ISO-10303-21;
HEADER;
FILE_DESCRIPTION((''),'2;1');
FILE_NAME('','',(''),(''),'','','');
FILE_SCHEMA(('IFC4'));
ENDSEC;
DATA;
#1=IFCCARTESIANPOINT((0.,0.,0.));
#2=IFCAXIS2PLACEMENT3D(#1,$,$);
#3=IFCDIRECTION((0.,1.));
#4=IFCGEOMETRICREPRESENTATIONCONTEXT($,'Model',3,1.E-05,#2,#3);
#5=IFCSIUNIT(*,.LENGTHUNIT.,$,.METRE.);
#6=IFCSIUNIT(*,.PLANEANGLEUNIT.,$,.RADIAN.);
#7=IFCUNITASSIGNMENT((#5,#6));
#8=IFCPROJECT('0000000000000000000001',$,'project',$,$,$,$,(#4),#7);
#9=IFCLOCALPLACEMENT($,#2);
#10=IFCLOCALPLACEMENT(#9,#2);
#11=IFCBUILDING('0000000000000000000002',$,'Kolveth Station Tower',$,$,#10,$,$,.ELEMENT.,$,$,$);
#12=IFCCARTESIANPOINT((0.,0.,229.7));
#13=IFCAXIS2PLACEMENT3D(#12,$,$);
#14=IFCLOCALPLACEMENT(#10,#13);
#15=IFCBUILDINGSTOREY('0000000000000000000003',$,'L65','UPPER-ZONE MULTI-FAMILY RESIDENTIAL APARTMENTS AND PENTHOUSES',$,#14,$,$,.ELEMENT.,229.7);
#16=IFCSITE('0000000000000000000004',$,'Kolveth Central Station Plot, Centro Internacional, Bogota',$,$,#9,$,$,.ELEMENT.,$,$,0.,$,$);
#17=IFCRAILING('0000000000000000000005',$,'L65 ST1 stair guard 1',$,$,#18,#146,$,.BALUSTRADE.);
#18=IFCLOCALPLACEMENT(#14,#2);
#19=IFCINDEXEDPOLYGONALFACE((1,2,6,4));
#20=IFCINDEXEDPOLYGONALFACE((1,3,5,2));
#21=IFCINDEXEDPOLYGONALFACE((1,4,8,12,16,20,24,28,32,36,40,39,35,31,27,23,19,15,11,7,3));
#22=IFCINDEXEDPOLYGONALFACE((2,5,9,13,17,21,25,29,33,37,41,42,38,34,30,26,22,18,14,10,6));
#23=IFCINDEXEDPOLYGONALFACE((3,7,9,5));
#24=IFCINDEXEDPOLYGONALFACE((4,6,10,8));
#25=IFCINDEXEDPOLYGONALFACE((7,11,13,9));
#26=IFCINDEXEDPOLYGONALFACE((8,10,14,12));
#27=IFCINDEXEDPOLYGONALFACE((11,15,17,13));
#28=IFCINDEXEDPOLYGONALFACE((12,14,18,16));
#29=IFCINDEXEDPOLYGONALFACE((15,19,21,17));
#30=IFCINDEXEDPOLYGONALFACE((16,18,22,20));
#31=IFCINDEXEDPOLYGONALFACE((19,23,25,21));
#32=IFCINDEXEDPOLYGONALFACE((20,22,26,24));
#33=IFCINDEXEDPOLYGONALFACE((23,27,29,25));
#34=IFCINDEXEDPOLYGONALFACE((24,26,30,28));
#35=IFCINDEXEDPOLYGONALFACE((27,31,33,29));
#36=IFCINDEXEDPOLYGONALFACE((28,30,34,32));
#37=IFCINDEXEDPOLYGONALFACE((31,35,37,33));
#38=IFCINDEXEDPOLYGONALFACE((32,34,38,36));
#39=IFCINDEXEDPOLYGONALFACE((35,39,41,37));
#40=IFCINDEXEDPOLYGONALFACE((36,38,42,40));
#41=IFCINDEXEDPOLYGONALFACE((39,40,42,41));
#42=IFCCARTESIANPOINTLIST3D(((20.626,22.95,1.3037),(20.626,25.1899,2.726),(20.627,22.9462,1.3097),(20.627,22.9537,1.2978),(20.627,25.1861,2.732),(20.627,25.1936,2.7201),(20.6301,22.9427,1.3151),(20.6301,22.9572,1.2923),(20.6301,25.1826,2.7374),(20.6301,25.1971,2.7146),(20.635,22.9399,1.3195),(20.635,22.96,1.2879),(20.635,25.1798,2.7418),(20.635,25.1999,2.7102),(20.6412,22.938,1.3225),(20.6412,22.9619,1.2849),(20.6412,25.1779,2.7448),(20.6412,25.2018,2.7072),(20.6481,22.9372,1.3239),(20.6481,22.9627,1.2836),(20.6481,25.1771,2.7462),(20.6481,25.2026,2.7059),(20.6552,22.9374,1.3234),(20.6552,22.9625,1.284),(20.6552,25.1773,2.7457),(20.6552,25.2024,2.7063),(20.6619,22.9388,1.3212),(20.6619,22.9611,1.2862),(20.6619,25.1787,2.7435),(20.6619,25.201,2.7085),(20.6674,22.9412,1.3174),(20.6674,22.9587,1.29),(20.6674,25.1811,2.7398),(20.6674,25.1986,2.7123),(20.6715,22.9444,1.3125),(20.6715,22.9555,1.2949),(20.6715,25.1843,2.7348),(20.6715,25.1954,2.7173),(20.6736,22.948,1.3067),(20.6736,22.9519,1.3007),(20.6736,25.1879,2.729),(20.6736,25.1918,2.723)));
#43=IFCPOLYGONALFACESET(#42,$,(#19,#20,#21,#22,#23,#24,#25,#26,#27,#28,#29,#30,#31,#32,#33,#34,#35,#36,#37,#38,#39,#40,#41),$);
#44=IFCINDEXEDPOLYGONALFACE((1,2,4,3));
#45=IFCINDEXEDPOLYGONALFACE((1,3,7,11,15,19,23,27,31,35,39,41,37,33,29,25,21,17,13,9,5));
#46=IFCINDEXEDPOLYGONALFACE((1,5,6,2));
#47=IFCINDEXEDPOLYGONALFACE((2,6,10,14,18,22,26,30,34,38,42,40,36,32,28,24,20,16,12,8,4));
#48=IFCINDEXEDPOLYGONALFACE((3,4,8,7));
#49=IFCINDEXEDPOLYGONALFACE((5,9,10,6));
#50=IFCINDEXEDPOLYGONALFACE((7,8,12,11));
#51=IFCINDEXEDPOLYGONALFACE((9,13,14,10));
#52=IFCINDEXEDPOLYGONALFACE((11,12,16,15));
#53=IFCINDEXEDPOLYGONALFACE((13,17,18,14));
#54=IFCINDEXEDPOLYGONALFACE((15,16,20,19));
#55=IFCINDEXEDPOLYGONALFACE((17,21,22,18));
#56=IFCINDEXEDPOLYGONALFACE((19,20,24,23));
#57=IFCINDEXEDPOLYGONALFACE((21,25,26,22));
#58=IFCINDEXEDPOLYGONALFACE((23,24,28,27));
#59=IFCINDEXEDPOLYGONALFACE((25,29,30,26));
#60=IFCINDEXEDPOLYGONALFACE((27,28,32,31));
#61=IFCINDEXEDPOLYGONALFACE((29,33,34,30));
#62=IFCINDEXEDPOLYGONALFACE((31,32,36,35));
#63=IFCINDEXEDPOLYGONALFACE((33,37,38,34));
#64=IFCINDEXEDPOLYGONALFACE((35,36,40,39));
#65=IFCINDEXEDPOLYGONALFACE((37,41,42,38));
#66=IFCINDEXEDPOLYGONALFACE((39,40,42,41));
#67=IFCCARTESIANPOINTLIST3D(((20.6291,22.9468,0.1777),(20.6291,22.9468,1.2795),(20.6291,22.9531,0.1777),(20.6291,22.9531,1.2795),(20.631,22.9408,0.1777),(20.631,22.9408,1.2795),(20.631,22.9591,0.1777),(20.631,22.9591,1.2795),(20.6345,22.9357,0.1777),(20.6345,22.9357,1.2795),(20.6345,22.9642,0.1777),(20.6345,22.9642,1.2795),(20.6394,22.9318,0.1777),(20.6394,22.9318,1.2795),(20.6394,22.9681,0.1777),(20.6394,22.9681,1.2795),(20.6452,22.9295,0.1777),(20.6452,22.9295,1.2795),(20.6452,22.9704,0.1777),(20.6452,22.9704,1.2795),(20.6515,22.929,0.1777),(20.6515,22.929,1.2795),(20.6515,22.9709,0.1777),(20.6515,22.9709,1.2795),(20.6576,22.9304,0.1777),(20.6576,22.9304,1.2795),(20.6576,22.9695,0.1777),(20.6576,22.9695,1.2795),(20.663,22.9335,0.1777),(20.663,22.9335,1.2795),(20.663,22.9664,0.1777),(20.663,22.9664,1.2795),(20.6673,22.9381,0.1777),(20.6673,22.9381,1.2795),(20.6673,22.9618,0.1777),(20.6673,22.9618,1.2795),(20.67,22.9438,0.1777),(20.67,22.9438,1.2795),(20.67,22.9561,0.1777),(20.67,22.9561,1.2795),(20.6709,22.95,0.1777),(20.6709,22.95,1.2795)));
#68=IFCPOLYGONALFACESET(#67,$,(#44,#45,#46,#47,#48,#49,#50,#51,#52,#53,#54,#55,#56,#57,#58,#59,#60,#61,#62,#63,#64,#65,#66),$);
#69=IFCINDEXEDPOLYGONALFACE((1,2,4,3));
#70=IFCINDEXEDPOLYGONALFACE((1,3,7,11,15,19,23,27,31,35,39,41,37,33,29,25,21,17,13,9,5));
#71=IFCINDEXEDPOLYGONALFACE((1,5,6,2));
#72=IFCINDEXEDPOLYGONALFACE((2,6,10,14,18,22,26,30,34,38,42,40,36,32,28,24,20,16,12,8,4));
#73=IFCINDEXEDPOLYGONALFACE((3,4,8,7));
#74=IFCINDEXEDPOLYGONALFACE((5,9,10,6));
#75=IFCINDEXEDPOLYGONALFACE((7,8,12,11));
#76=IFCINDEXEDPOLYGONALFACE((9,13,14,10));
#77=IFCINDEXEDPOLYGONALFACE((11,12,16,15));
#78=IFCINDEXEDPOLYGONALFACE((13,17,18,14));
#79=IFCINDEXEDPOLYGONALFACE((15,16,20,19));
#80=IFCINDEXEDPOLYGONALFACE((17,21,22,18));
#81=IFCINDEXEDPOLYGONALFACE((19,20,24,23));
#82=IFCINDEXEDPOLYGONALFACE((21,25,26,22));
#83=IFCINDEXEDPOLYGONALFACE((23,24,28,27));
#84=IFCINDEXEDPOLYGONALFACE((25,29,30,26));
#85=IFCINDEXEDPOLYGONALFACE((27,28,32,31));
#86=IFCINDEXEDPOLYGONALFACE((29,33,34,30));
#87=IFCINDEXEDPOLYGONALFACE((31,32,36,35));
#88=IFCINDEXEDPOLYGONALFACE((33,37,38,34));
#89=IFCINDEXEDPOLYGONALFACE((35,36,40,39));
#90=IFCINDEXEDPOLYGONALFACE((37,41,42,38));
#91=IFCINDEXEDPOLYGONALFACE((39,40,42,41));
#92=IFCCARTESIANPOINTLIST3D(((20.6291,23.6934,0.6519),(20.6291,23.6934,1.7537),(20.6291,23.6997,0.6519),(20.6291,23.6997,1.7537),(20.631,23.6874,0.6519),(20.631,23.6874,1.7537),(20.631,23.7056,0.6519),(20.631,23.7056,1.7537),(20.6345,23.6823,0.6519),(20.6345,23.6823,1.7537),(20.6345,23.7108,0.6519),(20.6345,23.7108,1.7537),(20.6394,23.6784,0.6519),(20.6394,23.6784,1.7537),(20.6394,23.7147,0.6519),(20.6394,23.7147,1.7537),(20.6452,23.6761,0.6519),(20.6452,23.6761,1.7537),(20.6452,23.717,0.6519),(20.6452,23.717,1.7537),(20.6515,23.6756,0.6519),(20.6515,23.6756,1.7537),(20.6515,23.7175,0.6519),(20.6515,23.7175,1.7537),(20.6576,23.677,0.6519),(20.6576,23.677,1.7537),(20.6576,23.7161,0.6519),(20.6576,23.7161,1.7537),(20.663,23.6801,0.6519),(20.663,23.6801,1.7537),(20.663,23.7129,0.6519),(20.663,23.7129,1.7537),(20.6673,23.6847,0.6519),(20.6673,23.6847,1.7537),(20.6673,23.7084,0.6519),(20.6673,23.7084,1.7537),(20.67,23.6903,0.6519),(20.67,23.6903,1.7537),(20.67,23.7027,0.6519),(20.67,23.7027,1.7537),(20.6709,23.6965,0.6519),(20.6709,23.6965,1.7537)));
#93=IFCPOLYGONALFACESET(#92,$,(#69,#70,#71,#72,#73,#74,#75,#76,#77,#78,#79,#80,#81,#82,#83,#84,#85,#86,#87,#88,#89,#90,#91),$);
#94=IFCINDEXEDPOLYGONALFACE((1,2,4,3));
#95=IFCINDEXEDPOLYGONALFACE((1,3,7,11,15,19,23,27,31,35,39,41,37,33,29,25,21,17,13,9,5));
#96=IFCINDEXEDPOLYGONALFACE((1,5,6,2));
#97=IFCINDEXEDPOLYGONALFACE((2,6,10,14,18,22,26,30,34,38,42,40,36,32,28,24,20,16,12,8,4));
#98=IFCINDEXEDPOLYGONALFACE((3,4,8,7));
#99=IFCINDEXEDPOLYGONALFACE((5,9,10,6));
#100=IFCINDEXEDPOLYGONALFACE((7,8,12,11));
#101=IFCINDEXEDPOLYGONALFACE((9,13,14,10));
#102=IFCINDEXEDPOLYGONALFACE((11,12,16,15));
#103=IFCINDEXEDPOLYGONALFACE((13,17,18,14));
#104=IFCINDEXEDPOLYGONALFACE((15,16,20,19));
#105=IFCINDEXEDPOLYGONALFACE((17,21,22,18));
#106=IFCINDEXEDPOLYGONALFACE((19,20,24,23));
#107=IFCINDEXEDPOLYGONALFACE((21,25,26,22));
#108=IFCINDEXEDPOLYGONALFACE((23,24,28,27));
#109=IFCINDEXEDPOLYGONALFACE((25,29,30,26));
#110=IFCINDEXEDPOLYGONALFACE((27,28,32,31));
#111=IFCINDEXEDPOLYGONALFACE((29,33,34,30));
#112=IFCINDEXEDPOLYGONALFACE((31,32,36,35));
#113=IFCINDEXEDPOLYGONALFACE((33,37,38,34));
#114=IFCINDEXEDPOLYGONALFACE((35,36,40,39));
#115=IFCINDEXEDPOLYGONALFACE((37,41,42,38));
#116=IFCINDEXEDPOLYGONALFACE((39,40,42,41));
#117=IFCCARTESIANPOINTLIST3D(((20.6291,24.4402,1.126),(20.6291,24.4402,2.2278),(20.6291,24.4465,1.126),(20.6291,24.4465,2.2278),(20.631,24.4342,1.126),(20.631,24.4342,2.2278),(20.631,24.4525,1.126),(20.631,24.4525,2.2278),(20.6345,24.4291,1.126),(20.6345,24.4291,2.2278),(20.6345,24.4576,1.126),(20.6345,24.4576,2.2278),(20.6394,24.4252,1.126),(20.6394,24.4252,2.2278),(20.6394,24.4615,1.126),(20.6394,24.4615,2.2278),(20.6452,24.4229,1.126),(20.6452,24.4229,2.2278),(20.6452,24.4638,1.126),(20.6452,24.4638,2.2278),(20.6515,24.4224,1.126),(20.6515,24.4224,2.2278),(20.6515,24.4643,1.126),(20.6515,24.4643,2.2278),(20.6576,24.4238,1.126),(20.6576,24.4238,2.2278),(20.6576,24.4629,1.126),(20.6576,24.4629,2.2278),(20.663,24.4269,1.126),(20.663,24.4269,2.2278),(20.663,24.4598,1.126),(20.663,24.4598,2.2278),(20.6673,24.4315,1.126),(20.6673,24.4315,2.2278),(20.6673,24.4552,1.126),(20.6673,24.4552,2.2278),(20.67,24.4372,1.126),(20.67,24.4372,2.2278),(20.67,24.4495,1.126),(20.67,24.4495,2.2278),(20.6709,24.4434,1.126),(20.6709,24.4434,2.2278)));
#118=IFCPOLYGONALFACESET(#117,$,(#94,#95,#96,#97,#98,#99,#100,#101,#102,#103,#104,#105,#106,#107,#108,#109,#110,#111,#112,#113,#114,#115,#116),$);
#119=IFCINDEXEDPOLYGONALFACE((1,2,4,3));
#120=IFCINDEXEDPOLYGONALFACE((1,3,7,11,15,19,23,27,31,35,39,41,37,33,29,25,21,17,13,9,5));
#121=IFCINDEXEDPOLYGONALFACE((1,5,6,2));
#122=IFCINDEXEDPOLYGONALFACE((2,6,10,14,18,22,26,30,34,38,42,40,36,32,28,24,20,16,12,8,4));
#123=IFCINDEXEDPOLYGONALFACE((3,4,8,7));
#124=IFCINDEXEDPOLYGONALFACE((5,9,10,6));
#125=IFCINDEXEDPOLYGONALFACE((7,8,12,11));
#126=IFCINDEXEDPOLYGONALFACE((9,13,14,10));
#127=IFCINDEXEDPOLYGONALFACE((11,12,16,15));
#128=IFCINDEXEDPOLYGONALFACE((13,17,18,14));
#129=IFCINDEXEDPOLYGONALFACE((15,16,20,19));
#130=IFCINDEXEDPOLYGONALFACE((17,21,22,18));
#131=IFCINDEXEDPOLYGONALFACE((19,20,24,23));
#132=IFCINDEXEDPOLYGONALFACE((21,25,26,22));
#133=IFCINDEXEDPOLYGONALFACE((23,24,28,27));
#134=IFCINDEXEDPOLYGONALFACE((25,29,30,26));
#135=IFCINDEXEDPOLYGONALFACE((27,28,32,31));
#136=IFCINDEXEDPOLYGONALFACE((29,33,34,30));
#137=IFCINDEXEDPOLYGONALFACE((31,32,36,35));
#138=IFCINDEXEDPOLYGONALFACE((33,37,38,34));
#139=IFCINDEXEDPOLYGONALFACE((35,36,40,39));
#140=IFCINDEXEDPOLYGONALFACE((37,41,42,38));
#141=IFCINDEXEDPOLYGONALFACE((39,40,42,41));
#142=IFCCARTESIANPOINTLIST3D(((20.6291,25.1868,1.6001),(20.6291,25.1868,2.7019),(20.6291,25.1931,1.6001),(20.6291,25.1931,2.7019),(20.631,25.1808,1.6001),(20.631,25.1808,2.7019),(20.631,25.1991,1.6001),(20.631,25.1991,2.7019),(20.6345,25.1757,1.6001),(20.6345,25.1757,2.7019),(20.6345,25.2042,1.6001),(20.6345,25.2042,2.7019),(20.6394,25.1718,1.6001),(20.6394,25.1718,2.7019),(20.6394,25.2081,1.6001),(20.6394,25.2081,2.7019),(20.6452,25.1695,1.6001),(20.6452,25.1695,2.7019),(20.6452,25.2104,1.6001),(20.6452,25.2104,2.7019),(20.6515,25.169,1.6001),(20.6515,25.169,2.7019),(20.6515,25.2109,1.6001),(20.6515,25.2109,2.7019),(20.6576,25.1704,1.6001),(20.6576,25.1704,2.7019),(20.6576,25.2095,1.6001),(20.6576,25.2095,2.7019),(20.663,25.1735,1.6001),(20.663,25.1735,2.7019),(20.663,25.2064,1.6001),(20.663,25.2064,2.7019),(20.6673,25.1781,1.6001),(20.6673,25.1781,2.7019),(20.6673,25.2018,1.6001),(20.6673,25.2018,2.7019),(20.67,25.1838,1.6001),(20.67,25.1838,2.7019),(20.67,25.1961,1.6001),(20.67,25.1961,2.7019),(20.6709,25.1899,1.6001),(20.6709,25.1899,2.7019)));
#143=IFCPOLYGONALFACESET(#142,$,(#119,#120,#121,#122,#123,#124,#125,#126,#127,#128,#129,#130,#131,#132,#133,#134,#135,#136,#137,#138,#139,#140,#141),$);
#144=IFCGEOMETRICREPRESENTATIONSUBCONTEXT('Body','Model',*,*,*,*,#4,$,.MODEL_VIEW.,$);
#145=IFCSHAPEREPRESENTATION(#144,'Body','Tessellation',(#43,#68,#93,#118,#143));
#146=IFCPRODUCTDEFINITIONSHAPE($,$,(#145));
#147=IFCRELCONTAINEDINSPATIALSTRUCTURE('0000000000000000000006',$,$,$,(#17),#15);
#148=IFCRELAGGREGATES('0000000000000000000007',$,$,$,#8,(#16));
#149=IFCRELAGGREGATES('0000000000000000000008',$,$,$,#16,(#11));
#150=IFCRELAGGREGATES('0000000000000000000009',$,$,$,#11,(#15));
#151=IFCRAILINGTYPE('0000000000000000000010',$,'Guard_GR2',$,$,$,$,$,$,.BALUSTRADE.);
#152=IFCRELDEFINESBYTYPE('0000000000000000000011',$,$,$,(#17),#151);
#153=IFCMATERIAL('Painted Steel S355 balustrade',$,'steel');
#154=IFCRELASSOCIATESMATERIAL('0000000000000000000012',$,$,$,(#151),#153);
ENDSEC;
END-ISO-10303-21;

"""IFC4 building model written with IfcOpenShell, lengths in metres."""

from ifc_helpers import new_model, si_unit, direction, frame, origin, origin_2d, place, context, subcontext, project, spatial, circle, extrude, material, type_object, element, save


model = new_model("IFC4")

# Units and contexts
model_context = context("Model", 3, precision=1e-05, world=origin(), true_north=direction((0.0, 1.0)))
body_context = subcontext(model_context, "Body", "Model", "MODEL_VIEW")
ifc_project = project(units=[si_unit("LENGTHUNIT", "METRE"), si_unit("PLANEANGLEUNIT", "RADIAN")], contexts=[model_context])

# Site, building, storey
site_placement = place(None, origin())
site = spatial("IfcSite", under=ifc_project, at=site_placement, Name="Kolveth Central Station Plot, Centro Internacional, Bogota", CompositionType="ELEMENT", RefElevation=0.0)
building_placement = place(site_placement, origin())
building = spatial("IfcBuilding", under=site, at=building_placement, Name="Kolveth Station Tower", CompositionType="ELEMENT")
storey_placement = place(building_placement, frame((0.0, 0.0, 229.7)))
storey = spatial("IfcBuildingStorey", under=building, at=storey_placement, Name="L65", Description="UPPER-ZONE MULTI-FAMILY RESIDENTIAL APARTMENTS AND PENTHOUSES", CompositionType="ELEMENT", Elevation=229.7)

# Railing
ifc_material_1 = material(Name="Painted Steel S355 balustrade", Category="steel")
railing_type_1 = type_object("IfcRailingType", Name="Guard_GR2", PredefinedType="BALUSTRADE", material=ifc_material_1)
railing_1_placement = place(storey_placement, frame((20.6499, 22.95, 0.1777)))
element("IfcRailing", 1, at=railing_1_placement, inside=storey, type_object=railing_type_1, Name="L65 ST1 stair guard 1", PredefinedType="BALUSTRADE", context=body_context, shape_type="SweptSolid", body=[
    extrude(circle(Radius=0.0239, at=origin_2d()), frame((0.0, 0.0, 1.126), z_axis=(0.0, 0.844188, 0.536048), x_axis=(-1.0, 0.0, 0.0)), (0.0, 0.0, 1.0), 2.6533),
    extrude(circle(Radius=0.021, at=origin_2d()), origin(), (0.0, 0.0, 1.0), 1.1018),
    extrude(circle(Radius=0.021, at=origin_2d()), frame((0.0, 0.7466, 0.4741)), (0.0, 0.0, 1.0), 1.1018),
    extrude(circle(Radius=0.021, at=origin_2d()), frame((0.0, 1.4934, 0.9482)), (0.0, 0.0, 1.0), 1.1018),
    extrude(circle(Radius=0.021, at=origin_2d()), frame((0.0, 2.24, 1.4224)), (0.0, 0.0, 1.0), 1.1018),
])

save(model, "model.ifc")
